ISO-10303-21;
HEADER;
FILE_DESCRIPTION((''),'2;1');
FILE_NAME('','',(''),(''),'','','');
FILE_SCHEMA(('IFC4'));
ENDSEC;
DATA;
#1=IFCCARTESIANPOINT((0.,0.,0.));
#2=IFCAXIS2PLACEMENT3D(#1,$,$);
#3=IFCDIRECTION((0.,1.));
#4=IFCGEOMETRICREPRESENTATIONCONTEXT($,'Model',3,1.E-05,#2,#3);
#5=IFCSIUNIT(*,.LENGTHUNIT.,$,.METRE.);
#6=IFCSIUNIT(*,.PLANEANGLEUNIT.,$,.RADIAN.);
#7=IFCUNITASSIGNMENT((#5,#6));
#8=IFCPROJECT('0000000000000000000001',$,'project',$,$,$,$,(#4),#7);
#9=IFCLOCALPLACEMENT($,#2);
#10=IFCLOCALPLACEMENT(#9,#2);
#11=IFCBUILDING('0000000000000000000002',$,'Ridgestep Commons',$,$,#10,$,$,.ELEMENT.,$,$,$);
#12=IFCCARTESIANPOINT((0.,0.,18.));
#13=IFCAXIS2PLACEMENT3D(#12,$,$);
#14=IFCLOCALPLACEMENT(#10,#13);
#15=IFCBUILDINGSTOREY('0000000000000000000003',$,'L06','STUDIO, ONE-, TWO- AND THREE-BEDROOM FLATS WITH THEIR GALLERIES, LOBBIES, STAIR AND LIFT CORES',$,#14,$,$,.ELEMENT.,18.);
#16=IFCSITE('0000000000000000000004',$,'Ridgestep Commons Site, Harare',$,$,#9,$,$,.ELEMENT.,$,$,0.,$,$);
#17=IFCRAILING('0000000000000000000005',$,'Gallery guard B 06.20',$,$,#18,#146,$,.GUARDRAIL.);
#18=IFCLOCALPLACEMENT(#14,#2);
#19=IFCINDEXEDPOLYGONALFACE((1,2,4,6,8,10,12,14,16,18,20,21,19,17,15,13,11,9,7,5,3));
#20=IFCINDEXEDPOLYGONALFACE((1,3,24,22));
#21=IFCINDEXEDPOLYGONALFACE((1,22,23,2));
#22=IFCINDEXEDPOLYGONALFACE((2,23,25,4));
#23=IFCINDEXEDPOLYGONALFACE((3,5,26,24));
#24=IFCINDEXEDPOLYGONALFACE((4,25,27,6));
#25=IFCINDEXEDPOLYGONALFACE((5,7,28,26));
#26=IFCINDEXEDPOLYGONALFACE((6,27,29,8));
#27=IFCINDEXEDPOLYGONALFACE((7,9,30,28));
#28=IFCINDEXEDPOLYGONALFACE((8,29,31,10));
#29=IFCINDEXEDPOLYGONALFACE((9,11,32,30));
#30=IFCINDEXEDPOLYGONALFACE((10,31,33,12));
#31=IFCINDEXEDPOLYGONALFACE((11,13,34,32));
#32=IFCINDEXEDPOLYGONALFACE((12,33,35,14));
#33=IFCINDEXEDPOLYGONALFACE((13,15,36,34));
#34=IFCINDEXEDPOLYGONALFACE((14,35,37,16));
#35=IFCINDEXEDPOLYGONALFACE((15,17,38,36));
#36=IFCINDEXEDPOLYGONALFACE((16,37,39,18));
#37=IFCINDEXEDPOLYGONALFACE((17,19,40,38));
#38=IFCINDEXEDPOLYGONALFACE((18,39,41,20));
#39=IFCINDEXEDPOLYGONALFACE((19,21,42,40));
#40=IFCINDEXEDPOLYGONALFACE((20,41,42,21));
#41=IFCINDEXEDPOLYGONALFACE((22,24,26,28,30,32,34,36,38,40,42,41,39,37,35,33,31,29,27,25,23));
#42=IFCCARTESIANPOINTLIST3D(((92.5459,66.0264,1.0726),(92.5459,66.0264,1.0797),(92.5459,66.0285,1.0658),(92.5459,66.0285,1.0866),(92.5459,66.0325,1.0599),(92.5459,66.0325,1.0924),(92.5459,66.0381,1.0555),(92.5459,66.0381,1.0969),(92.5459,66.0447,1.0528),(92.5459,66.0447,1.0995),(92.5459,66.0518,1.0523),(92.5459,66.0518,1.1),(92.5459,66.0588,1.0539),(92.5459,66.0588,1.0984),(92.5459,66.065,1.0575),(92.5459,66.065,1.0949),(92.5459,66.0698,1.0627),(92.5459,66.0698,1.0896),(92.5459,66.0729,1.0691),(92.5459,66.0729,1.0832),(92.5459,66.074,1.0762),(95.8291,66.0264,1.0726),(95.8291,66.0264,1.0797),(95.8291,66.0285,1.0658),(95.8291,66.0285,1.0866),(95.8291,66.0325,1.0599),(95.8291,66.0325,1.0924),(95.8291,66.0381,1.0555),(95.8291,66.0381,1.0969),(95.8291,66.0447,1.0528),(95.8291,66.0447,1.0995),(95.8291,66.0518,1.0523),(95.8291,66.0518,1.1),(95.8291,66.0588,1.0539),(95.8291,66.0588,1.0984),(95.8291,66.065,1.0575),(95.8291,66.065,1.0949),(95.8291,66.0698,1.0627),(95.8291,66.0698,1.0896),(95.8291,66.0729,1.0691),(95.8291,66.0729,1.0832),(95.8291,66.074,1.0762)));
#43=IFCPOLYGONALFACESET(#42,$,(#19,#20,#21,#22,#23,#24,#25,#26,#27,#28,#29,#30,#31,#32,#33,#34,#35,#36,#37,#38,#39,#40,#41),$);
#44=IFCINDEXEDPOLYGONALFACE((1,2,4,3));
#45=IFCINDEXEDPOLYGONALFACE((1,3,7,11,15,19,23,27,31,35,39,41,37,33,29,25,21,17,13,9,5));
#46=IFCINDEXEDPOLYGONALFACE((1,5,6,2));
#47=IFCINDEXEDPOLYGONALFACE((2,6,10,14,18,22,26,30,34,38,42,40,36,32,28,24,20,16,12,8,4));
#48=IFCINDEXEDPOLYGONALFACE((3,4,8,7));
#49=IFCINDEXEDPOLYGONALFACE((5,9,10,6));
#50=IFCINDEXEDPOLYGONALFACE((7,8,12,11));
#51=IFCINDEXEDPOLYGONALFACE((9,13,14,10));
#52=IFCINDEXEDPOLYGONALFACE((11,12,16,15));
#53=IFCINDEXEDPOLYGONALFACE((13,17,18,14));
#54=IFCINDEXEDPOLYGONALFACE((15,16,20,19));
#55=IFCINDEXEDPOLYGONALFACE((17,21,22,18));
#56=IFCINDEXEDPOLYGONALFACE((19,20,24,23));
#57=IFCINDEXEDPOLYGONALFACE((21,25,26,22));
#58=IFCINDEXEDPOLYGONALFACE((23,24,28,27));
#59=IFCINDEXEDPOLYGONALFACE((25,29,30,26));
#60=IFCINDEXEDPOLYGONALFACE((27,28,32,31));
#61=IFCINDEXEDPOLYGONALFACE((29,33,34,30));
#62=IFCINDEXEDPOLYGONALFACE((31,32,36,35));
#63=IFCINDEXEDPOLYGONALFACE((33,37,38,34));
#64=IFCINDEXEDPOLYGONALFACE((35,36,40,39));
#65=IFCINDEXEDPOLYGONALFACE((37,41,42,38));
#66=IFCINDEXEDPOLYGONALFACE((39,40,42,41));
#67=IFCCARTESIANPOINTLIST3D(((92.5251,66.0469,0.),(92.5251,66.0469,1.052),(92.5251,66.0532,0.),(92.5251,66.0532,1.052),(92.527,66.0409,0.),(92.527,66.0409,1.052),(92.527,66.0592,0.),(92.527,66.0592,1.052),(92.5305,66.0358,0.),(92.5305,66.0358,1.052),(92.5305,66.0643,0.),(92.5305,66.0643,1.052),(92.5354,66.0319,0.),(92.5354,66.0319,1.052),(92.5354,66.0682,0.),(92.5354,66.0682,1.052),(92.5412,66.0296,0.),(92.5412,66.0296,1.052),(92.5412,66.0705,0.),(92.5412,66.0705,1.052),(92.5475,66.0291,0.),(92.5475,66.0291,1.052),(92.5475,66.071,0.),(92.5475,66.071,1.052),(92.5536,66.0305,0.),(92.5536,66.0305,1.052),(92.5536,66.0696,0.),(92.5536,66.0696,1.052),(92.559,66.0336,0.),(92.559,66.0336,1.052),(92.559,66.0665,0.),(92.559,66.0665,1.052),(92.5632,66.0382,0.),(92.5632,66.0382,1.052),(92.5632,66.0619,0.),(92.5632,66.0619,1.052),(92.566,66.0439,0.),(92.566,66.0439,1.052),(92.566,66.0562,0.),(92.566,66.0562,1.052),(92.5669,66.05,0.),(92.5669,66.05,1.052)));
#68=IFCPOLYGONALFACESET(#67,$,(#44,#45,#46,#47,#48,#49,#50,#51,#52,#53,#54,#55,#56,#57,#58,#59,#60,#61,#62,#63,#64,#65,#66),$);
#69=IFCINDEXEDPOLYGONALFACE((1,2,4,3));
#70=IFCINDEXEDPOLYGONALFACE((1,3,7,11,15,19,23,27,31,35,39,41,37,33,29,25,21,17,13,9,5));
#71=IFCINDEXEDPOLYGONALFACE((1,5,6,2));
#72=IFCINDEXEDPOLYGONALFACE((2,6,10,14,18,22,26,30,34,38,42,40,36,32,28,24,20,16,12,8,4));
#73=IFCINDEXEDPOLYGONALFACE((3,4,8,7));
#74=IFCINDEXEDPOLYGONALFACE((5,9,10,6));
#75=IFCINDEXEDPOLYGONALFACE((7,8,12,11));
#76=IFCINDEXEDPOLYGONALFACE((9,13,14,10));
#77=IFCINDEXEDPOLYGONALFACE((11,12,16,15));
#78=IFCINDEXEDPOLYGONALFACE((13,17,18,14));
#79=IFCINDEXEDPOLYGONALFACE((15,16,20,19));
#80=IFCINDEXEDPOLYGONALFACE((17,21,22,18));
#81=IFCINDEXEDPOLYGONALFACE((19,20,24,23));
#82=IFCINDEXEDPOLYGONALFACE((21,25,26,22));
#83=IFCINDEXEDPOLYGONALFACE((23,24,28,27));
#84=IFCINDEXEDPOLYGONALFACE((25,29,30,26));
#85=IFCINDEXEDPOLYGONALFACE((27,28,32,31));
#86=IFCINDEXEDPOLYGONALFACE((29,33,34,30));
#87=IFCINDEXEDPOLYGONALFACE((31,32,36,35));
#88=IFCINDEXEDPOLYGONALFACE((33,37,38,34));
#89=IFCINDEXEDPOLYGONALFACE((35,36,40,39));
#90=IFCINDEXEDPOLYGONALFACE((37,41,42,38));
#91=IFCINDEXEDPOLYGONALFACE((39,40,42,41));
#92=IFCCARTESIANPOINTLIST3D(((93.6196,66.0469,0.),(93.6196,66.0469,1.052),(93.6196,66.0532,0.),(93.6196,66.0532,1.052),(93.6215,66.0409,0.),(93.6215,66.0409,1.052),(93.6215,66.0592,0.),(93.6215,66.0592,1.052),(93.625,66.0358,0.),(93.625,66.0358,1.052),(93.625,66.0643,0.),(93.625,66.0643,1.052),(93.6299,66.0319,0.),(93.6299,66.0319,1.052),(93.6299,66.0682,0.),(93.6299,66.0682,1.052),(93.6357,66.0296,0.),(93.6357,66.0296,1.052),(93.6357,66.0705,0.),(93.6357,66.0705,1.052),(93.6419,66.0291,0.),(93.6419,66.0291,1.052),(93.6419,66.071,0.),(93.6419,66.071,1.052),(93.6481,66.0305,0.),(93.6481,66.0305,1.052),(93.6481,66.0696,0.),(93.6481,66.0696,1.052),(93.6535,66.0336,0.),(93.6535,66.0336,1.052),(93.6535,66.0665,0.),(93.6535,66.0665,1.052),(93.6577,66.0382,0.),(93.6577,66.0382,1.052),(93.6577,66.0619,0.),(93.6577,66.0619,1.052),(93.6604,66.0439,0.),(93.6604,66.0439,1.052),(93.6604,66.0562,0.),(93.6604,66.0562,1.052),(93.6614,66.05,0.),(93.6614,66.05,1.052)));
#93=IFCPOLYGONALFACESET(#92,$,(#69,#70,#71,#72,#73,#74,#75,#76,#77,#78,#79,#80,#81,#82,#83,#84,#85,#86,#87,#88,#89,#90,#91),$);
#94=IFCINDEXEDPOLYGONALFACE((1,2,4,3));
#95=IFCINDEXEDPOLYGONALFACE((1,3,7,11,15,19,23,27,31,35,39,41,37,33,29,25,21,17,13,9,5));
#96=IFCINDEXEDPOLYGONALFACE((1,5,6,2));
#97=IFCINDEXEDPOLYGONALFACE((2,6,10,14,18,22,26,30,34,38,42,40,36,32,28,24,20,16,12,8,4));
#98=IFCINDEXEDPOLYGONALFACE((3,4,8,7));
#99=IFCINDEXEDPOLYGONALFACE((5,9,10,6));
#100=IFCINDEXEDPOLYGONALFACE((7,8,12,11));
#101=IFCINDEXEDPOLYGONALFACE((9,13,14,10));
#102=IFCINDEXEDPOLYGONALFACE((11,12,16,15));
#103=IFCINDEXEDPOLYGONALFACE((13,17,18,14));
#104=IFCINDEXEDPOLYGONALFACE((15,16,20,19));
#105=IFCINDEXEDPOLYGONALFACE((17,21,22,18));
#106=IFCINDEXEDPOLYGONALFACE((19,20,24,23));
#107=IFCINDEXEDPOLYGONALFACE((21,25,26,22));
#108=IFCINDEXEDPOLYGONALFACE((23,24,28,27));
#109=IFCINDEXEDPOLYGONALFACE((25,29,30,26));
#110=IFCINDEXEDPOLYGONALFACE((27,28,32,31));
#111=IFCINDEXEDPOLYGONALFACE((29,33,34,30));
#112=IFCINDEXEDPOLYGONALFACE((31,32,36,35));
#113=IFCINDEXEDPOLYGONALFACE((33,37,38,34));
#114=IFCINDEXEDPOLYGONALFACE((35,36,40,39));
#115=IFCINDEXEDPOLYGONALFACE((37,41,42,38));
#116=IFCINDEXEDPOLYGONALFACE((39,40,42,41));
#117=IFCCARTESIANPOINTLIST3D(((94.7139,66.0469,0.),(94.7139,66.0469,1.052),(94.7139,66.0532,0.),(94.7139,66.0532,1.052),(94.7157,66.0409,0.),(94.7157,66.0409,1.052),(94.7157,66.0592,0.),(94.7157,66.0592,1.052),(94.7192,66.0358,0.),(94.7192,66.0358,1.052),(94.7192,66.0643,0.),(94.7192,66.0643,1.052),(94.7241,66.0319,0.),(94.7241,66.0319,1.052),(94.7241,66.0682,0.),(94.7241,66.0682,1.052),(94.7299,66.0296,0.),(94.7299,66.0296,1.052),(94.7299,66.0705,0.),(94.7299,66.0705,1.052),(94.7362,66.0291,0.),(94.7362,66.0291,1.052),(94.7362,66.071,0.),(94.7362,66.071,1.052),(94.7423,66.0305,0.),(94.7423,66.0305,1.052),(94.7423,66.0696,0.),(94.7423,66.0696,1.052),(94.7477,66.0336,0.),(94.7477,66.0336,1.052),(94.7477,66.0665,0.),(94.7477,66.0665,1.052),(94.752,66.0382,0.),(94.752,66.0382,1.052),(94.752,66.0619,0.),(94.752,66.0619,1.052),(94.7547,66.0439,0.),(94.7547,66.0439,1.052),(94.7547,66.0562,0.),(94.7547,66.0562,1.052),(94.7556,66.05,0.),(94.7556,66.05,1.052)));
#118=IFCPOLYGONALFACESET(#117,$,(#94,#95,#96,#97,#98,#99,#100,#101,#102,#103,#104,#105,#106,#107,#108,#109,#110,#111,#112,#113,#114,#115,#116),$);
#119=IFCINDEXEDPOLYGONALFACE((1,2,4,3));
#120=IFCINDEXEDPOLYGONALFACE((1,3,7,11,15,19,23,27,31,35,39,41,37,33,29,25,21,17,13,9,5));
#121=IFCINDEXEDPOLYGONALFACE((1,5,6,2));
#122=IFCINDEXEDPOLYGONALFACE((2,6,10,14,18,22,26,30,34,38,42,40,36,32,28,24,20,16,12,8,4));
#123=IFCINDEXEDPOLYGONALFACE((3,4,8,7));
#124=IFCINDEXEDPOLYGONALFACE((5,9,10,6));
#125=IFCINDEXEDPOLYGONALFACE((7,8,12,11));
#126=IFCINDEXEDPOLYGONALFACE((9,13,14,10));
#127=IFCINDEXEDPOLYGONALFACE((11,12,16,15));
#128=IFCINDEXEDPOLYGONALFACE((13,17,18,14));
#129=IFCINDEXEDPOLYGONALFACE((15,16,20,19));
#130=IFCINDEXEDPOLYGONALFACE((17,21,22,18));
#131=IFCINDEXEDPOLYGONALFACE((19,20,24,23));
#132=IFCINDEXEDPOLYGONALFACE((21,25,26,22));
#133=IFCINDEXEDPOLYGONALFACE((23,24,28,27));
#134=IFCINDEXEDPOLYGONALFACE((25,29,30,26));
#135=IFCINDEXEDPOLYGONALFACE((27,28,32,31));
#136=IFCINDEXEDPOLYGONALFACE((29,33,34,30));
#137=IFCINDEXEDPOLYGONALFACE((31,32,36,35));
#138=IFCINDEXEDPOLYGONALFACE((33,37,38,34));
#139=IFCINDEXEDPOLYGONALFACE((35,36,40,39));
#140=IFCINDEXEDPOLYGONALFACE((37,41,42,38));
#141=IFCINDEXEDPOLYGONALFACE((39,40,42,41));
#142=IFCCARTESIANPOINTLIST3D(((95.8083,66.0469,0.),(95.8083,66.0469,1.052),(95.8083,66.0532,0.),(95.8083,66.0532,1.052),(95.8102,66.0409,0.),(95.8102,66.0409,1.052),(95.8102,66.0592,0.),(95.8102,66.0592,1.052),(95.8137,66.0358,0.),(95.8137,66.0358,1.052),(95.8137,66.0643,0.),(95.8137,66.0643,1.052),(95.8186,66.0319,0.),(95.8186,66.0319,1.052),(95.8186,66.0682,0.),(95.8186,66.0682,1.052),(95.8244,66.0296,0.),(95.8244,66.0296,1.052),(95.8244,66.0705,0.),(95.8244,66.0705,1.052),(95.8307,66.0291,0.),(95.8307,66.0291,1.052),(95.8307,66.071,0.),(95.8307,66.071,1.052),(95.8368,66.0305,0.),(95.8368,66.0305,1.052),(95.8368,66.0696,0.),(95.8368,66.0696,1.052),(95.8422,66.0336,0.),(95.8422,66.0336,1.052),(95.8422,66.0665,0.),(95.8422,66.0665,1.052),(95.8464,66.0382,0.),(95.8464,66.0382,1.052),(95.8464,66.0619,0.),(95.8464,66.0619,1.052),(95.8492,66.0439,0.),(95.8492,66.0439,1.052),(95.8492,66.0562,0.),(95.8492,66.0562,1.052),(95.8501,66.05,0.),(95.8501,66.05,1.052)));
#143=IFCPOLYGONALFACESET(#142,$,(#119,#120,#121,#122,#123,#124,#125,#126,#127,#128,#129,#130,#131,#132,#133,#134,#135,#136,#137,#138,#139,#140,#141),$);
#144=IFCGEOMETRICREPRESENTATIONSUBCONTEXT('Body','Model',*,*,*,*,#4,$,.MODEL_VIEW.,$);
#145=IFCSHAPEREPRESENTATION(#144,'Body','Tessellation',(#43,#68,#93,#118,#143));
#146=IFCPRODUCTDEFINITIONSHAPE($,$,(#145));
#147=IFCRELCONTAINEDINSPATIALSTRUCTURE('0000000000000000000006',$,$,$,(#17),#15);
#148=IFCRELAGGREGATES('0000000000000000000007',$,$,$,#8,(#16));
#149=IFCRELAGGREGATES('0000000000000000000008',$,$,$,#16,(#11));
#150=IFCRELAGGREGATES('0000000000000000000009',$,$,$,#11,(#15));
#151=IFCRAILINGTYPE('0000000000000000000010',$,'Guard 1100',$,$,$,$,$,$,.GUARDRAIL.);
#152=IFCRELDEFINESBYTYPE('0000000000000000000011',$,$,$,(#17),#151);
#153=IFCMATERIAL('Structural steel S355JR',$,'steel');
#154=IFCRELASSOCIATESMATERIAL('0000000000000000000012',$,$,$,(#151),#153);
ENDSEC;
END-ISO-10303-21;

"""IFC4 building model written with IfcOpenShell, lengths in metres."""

from ifc_helpers import new_model, si_unit, direction, frame, origin, origin_2d, place, context, subcontext, project, spatial, circle, extrude, material, type_object, element, save


model = new_model("IFC4")

# Units and contexts
model_context = context("Model", 3, precision=1e-05, world=origin(), true_north=direction((0.0, 1.0)))
body_context = subcontext(model_context, "Body", "Model", "MODEL_VIEW")
ifc_project = project(units=[si_unit("LENGTHUNIT", "METRE"), si_unit("PLANEANGLEUNIT", "RADIAN")], contexts=[model_context])

# Site, building, storey
site_placement = place(None, origin())
site = spatial("IfcSite", under=ifc_project, at=site_placement, Name="Ridgestep Commons Site, Harare", CompositionType="ELEMENT", RefElevation=0.0)
building_placement = place(site_placement, origin())
building = spatial("IfcBuilding", under=site, at=building_placement, Name="Ridgestep Commons", CompositionType="ELEMENT")
storey_placement = place(building_placement, frame((0.0, 0.0, 18.0)))
storey = spatial("IfcBuildingStorey", under=building, at=storey_placement, Name="L06", Description="STUDIO, ONE-, TWO- AND THREE-BEDROOM FLATS WITH THEIR GALLERIES, LOBBIES, STAIR AND LIFT CORES", CompositionType="ELEMENT", Elevation=18.0)

# Railing
ifc_material_1 = material(Name="Structural steel S355JR", Category="steel")
railing_type = type_object("IfcRailingType", Name="Guard 1100", PredefinedType="GUARDRAIL", material=ifc_material_1)
railing_1_placement = place(storey_placement, frame((92.5459, 66.05, 0.0)))
element("IfcRailing", 1, at=railing_1_placement, inside=storey, type_object=railing_type, Name="Gallery guard B 06.20", PredefinedType="GUARDRAIL", context=body_context, shape_type="SweptSolid", body=[
    extrude(circle(Radius=0.0239, at=origin_2d()), frame((0.0, 0.0, 1.0762), z_axis=(1.0, 0.0, 0.0), x_axis=(0.0, 1.0, 0.0)), (0.0, 0.0, 1.0), 3.2832),
    extrude(circle(Radius=0.021, at=origin_2d()), origin(), (0.0, 0.0, 1.0), 1.052),
    extrude(circle(Radius=0.021, at=origin_2d()), frame((1.0945, 0.0, 0.0)), (0.0, 0.0, 1.0), 1.052),
    extrude(circle(Radius=0.021, at=origin_2d()), frame((2.1887, 0.0, 0.0)), (0.0, 0.0, 1.0), 1.052),
    extrude(circle(Radius=0.021, at=origin_2d()), frame((3.2832, 0.0, 0.0)), (0.0, 0.0, 1.0), 1.052),
])

save(model, "model.ifc")
